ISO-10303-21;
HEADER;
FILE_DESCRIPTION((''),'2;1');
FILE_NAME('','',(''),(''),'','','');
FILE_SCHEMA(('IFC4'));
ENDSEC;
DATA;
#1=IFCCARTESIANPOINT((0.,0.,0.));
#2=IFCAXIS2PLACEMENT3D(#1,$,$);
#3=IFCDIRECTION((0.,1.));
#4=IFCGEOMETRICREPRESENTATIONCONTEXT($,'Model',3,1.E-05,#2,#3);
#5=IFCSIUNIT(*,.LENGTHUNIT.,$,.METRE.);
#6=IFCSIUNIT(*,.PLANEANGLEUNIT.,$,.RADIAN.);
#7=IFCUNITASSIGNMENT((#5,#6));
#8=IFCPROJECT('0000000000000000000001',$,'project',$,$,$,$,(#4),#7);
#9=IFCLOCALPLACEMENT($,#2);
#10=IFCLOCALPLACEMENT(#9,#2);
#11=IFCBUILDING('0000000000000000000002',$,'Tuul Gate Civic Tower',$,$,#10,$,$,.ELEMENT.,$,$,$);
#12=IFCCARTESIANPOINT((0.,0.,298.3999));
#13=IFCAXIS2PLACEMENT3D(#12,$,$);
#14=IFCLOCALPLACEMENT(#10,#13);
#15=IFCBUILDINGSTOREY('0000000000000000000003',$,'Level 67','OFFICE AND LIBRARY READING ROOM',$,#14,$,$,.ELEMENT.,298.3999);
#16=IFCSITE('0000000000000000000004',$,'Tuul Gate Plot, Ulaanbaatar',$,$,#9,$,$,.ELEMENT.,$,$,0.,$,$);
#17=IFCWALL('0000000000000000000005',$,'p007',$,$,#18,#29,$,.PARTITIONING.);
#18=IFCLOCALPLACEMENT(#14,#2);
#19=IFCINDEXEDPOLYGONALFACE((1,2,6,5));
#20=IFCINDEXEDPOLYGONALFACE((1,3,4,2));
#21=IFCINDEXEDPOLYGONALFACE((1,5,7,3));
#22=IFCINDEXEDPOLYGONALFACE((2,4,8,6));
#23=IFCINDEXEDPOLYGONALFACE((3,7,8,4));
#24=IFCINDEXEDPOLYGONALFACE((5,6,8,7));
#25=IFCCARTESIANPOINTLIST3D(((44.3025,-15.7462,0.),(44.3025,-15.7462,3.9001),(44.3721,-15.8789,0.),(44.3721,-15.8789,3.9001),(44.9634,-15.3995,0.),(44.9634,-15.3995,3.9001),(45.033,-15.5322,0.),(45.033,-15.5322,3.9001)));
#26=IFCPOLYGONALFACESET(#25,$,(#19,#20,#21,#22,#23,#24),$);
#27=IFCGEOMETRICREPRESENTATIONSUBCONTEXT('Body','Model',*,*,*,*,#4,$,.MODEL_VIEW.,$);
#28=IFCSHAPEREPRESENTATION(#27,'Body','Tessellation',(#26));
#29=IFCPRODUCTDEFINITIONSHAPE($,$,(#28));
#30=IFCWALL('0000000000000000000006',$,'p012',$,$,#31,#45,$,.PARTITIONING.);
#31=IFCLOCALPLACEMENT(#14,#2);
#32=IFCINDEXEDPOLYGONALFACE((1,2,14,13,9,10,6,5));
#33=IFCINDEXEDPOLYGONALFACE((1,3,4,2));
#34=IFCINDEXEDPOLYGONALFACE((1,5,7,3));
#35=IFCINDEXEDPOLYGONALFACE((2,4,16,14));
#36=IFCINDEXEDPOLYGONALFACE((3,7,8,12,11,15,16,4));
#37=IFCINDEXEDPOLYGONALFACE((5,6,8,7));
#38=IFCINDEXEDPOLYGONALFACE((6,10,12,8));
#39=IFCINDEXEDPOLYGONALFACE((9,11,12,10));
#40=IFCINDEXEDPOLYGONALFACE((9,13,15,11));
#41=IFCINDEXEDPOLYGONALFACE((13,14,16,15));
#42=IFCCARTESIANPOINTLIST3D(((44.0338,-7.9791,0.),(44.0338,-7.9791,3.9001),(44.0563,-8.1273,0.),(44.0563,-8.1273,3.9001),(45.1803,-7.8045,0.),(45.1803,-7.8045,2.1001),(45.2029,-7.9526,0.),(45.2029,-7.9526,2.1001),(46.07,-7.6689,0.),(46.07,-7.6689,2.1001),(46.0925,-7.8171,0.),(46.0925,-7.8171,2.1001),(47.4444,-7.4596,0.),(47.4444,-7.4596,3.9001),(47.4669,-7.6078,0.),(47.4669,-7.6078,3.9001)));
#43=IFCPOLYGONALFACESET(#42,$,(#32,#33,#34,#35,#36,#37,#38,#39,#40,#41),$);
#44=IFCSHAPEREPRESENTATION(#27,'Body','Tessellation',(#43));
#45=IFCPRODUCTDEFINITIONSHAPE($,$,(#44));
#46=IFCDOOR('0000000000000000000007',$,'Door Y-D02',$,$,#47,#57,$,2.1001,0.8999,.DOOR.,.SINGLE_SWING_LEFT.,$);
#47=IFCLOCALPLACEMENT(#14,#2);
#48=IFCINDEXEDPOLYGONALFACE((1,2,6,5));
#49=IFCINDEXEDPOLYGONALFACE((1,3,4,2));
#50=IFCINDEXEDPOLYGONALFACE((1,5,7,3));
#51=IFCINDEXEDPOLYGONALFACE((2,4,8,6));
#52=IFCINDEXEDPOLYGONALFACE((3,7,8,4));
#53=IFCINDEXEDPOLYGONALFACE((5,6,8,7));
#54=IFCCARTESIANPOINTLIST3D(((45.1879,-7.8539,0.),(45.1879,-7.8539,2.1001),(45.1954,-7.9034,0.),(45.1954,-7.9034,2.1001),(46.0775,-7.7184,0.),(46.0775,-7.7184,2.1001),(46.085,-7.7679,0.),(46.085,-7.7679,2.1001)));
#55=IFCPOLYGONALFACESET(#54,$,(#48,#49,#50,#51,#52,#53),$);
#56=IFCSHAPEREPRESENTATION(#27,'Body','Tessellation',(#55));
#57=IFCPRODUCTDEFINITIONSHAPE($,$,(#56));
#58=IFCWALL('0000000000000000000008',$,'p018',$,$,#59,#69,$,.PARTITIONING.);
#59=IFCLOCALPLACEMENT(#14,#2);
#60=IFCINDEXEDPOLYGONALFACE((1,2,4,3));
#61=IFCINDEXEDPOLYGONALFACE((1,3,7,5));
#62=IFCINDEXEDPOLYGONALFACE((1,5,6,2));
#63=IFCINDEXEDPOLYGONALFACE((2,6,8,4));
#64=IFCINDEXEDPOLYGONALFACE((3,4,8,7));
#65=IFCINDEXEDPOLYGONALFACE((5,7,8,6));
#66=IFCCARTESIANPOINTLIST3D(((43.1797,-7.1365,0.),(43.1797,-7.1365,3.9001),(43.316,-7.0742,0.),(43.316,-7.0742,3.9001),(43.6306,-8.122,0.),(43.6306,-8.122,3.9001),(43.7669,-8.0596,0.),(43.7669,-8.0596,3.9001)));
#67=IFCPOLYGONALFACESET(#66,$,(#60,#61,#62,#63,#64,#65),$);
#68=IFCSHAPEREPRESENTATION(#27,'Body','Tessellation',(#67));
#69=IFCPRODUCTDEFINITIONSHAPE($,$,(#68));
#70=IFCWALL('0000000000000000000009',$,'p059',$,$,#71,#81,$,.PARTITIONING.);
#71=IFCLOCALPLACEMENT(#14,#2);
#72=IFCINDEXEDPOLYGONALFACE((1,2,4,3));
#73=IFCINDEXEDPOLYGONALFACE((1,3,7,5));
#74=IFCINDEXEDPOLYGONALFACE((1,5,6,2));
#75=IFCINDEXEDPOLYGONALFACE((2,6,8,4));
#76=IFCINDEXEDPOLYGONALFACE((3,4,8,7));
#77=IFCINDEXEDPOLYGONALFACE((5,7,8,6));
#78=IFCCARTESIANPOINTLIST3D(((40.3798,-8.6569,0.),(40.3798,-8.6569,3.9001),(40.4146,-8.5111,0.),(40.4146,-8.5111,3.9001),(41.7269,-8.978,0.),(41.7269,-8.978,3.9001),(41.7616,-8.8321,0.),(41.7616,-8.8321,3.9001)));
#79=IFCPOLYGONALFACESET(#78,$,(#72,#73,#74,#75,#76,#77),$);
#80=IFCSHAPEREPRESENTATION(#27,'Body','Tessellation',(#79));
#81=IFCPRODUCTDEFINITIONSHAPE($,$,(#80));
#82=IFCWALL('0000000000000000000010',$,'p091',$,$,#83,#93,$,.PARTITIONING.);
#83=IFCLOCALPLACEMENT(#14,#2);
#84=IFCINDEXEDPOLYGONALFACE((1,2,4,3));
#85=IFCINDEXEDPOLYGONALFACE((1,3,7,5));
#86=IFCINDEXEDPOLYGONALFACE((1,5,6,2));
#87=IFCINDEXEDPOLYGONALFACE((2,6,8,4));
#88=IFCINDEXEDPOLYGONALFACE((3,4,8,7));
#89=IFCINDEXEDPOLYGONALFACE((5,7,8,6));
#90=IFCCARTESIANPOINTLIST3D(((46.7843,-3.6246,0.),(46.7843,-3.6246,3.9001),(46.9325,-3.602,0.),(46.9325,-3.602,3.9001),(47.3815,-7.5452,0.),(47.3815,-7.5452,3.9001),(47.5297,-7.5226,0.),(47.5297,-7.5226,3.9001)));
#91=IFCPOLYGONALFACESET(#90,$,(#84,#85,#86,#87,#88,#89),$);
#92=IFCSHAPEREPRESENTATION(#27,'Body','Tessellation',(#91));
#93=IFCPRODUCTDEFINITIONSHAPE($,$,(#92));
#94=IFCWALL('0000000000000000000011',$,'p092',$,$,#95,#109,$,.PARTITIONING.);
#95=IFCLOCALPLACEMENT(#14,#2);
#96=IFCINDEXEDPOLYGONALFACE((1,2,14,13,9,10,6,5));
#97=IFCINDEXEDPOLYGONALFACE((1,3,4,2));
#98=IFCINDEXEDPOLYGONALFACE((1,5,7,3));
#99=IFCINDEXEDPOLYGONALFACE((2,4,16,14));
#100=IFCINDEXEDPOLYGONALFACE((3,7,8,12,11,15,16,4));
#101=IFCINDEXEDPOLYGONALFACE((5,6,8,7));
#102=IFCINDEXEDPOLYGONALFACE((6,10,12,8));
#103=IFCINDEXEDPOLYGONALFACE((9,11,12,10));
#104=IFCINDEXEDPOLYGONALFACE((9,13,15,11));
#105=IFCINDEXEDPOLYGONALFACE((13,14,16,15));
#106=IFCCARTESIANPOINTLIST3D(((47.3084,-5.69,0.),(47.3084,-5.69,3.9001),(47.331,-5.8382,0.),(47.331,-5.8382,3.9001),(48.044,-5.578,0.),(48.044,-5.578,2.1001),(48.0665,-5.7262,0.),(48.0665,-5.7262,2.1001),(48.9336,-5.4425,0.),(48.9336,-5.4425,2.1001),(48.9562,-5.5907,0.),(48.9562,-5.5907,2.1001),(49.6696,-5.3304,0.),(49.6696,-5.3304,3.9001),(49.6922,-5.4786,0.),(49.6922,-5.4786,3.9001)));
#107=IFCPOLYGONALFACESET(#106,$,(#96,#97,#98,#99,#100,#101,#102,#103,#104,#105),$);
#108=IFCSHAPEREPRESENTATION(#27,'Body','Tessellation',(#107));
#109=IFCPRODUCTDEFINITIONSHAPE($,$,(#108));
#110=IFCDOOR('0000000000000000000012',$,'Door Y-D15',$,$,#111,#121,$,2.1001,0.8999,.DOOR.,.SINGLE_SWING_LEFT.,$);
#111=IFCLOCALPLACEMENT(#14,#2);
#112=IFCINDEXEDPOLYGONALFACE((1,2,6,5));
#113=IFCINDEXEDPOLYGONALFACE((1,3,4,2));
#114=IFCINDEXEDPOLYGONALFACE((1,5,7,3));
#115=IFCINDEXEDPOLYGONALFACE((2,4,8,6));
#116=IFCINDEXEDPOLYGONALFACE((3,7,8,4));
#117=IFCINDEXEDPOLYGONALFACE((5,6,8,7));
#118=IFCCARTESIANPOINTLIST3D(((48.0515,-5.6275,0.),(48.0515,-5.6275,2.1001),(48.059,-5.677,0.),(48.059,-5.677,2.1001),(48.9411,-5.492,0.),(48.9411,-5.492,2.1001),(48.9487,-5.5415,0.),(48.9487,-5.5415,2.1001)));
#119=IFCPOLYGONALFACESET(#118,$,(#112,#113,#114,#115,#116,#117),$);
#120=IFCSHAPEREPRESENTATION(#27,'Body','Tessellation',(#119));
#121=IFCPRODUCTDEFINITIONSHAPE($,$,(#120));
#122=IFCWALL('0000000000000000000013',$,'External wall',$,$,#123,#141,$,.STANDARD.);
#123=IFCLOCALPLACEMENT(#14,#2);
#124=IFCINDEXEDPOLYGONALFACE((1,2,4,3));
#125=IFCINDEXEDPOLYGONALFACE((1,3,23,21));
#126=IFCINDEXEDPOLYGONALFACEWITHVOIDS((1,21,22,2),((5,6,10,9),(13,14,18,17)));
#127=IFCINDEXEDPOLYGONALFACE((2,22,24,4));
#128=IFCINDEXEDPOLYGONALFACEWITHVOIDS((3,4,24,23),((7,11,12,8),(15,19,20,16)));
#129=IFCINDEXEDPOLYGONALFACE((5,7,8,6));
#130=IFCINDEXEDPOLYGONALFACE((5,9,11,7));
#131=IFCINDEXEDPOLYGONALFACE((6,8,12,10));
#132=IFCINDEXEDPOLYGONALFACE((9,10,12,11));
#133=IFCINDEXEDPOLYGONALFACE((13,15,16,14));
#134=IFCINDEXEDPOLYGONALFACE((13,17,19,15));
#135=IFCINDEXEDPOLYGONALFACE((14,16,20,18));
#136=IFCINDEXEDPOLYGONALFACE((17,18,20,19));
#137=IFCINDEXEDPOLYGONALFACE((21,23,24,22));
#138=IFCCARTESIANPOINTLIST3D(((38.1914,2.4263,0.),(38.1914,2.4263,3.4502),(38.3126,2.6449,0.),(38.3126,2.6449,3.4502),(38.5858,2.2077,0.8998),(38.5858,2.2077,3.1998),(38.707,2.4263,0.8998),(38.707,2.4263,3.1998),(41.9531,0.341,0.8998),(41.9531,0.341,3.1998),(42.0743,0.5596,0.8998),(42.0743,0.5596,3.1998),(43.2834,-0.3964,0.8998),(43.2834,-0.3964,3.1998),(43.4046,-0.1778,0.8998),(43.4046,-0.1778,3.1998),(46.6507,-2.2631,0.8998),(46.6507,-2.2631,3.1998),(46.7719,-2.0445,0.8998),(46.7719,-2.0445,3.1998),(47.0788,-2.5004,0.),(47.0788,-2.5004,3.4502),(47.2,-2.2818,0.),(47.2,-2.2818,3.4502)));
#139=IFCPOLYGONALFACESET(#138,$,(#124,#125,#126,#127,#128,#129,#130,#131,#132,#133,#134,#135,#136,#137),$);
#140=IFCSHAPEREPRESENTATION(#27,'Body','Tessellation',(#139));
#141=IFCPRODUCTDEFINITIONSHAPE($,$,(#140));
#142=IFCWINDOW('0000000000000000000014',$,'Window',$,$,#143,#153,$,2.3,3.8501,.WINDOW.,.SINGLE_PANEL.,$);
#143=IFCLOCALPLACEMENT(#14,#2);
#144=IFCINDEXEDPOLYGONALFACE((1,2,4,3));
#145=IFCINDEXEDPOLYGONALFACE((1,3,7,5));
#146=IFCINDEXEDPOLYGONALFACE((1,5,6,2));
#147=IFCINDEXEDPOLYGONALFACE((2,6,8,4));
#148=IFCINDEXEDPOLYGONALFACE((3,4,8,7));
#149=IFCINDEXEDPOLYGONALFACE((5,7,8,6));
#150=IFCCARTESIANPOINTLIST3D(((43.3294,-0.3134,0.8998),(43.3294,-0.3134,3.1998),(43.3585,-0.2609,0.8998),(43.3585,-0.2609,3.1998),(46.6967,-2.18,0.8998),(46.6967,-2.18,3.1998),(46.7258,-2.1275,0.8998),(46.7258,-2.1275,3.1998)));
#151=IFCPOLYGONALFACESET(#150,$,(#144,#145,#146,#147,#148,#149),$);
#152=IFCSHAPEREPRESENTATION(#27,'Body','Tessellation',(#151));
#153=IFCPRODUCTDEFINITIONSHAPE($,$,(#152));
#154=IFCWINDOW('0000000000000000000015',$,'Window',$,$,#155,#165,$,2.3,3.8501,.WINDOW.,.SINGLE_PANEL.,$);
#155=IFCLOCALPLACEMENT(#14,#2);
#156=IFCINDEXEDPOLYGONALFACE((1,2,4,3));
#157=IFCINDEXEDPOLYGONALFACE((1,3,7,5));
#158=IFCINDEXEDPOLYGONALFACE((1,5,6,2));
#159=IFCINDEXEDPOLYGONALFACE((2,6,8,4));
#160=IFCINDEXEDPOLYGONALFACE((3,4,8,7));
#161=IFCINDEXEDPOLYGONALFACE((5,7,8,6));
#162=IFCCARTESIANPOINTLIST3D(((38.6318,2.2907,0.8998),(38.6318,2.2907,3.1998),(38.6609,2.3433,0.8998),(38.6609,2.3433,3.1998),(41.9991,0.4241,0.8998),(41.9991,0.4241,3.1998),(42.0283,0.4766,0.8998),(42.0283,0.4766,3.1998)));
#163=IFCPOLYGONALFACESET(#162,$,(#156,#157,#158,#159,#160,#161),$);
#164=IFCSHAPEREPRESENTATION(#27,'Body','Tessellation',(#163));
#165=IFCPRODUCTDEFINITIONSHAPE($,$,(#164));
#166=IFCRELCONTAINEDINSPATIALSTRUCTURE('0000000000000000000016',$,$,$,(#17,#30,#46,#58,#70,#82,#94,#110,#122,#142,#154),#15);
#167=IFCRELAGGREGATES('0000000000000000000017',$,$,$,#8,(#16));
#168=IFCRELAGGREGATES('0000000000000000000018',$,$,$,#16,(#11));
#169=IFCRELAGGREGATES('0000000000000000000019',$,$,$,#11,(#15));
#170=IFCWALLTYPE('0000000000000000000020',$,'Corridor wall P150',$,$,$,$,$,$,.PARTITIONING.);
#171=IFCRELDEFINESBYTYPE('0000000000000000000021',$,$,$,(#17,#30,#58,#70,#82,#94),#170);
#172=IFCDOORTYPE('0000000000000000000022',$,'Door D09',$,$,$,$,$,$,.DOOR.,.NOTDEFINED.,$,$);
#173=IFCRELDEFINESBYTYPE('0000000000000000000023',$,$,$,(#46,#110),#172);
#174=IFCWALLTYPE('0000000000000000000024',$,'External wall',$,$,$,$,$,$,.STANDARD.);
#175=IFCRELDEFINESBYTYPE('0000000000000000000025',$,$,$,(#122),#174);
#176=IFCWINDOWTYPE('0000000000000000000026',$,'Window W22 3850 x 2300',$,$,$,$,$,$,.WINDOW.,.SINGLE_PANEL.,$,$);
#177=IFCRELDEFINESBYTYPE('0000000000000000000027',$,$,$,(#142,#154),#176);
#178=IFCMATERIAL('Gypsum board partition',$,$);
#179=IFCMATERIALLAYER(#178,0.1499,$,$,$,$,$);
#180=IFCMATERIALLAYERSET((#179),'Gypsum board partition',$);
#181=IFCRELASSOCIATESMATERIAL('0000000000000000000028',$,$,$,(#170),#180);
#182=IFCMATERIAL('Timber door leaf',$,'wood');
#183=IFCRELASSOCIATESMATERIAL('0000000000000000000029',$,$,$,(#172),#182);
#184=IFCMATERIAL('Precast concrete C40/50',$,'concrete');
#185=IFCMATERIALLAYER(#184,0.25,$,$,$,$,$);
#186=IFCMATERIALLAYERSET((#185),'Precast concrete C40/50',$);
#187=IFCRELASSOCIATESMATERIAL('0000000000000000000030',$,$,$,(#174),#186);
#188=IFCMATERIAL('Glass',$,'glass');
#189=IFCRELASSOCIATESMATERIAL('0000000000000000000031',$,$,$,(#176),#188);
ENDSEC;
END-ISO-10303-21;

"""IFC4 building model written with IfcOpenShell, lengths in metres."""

from ifc_helpers import new_model, si_unit, direction, frame, frame_2d, origin, place, context, subcontext, project, spatial, rectangle, extrude, material, layer, layer_set, type_object, element, fill, save


model = new_model("IFC4")

# Units and contexts
model_context = context("Model", 3, precision=1e-05, world=origin(), true_north=direction((0.0, 1.0)))
body_context = subcontext(model_context, "Body", "Model", "MODEL_VIEW")
ifc_project = project(units=[si_unit("LENGTHUNIT", "METRE"), si_unit("PLANEANGLEUNIT", "RADIAN")], contexts=[model_context])

# Site, building, storey
site_placement = place(None, origin())
site = spatial("IfcSite", under=ifc_project, at=site_placement, Name="Tuul Gate Plot, Ulaanbaatar", CompositionType="ELEMENT", RefElevation=0.0)
building_placement = place(site_placement, origin())
building = spatial("IfcBuilding", under=site, at=building_placement, Name="Tuul Gate Civic Tower", CompositionType="ELEMENT")
storey_placement = place(building_placement, frame((0.0, 0.0, 298.3999)))
storey = spatial("IfcBuildingStorey", under=building, at=storey_placement, Name="Level 67", Description="OFFICE AND LIBRARY READING ROOM", CompositionType="ELEMENT", Elevation=298.3999)

# Wall
ifc_material_1 = material(Name="Gypsum board partition")
ifc_layer_1 = layer(ifc_material_1, 0.1499)
ifc_layer_set_1 = layer_set([ifc_layer_1], Name="Gypsum board partition")
wall_type_1 = type_object("IfcWallType", Name="Corridor wall P150", PredefinedType="PARTITIONING", material=ifc_layer_set_1)
wall_1_placement = place(storey_placement, frame((44.3374, -15.8125, 0.0), z_axis=(0.0, 0.0, 1.0), x_axis=(0.885556, 0.464533, 0.0)))
element("IfcWall", 1, at=wall_1_placement, inside=storey, type_object=wall_type_1, Name="p007", PredefinedType="PARTITIONING", context=body_context, shape_type="SweptSolid", body=[
    extrude(rectangle(XDim=0.7463, YDim=0.1499, at=frame_2d((0.373, 0.0))), origin(), (0.0, 0.0, 1.0), 3.9001),
])

# Wall, opening, door
wall_2_placement = place(storey_placement, frame((44.0449, -8.0532, 0.0), z_axis=(0.0, 0.0, 1.0), x_axis=(0.988596, 0.150589, 0.0)))
wall_2 = element("IfcWall", 2, at=wall_2_placement, inside=storey, type_object=wall_type_1, Name="p012", PredefinedType="PARTITIONING", context=body_context, shape_type="SweptSolid", body=[
    extrude(rectangle(XDim=3.45, YDim=0.1499, at=frame_2d((1.7251, 0.0))), origin(), (0.0, 0.0, 1.0), 3.9001),
])
opening_1_placement = place(wall_2_placement, frame((1.1599, 0.0, 0.0)))
opening_1 = element("IfcOpeningElement", 3, at=opening_1_placement, cuts=wall_2, PredefinedType="OPENING", context=body_context, shape_type="SweptSolid", body=[
    extrude(rectangle(XDim=0.8999, YDim=2.1001, at=frame_2d((0.45, 1.05))), frame((0.0, 0.085, 0.0), z_axis=(0.0, -1.0, 0.0), x_axis=(1.0, 0.0, 0.0)), (0.0, 0.0, 1.0), 0.1699),
])
ifc_material_2 = material(Name="Timber door leaf", Category="wood")
door_type_1 = type_object("IfcDoorType", Name="Door D09", OperationType="NOTDEFINED", PredefinedType="DOOR", material=ifc_material_2)
door_1_placement = place(opening_1_placement, origin())
door_1 = element("IfcDoor", 4, at=door_1_placement, inside=storey, type_object=door_type_1, Name="Door Y-D02", OperationType="SINGLE_SWING_LEFT", OverallHeight=2.1001, OverallWidth=0.8999, PredefinedType="DOOR", context=body_context, shape_type="SweptSolid", body=[
    extrude(rectangle(XDim=0.8999, YDim=2.1001, at=frame_2d((0.45, 1.05))), frame((0.0, 0.0249, 0.0), z_axis=(0.0, -1.0, 0.0), x_axis=(1.0, 0.0, 0.0)), (0.0, 0.0, 1.0), 0.05),
])
fill(opening_1, door_1)

# Walls
wall_3_placement = place(storey_placement, frame((43.2478, -7.1052, 0.0), z_axis=(0.0, 0.0, 1.0), x_axis=(0.416042, -0.909345, 0.0)))
element("IfcWall", 5, at=wall_3_placement, inside=storey, type_object=wall_type_1, Name="p018", PredefinedType="PARTITIONING", context=body_context, shape_type="SweptSolid", body=[
    extrude(rectangle(XDim=1.0837, YDim=0.1499, at=frame_2d((0.542, 0.0))), origin(), (0.0, 0.0, 1.0), 3.9001),
])
wall_4_placement = place(storey_placement, frame((40.3972, -8.584, 0.0), z_axis=(0.0, 0.0, 1.0), x_axis=(0.972749, -0.231859, 0.0)))
element("IfcWall", 6, at=wall_4_placement, inside=storey, type_object=wall_type_1, Name="p059", PredefinedType="PARTITIONING", context=body_context, shape_type="SweptSolid", body=[
    extrude(rectangle(XDim=1.3848, YDim=0.1499, at=frame_2d((0.6924, 0.0))), origin(), (0.0, 0.0, 1.0), 3.9001),
])
wall_5_placement = place(storey_placement, frame((46.8584, -3.6133, 0.0), z_axis=(0.0, 0.0, 1.0), x_axis=(0.150577, -0.988598, 0.0)))
element("IfcWall", 7, at=wall_5_placement, inside=storey, type_object=wall_type_1, Name="p091", PredefinedType="PARTITIONING", context=body_context, shape_type="SweptSolid", body=[
    extrude(rectangle(XDim=3.9658, YDim=0.1499, at=frame_2d((1.9829, 0.0))), origin(), (0.0, 0.0, 1.0), 3.9001),
])

# Wall, opening, door
wall_6_placement = place(storey_placement, frame((47.3196, -5.7642, 0.0), z_axis=(0.0, 0.0, 1.0), x_axis=(0.988599, 0.150574, 0.0)))
wall_6 = element("IfcWall", 8, at=wall_6_placement, inside=storey, type_object=wall_type_1, Name="p092", PredefinedType="PARTITIONING", context=body_context, shape_type="SweptSolid", body=[
    extrude(rectangle(XDim=2.3884, YDim=0.1499, at=frame_2d((1.1943, 0.0))), origin(), (0.0, 0.0, 1.0), 3.9001),
])
opening_2_placement = place(wall_6_placement, frame((0.7441, 0.0, 0.0)))
opening_2 = element("IfcOpeningElement", 9, at=opening_2_placement, cuts=wall_6, PredefinedType="OPENING", context=body_context, shape_type="SweptSolid", body=[
    extrude(rectangle(XDim=0.8999, YDim=2.1001, at=frame_2d((0.45, 1.05))), frame((0.0, 0.085, 0.0), z_axis=(0.0, -1.0, 0.0), x_axis=(1.0, 0.0, 0.0)), (0.0, 0.0, 1.0), 0.1699),
])
door_2_placement = place(opening_2_placement, origin())
door_2 = element("IfcDoor", 10, at=door_2_placement, inside=storey, type_object=door_type_1, Name="Door Y-D15", OperationType="SINGLE_SWING_LEFT", OverallHeight=2.1001, OverallWidth=0.8999, PredefinedType="DOOR", context=body_context, shape_type="SweptSolid", body=[
    extrude(rectangle(XDim=0.8999, YDim=2.1001, at=frame_2d((0.45, 1.05))), frame((0.0, 0.0249, 0.0), z_axis=(0.0, -1.0, 0.0), x_axis=(1.0, 0.0, 0.0)), (0.0, 0.0, 1.0), 0.05),
])
fill(opening_2, door_2)

# Wall, openings, windows
ifc_material_3 = material(Name="Precast concrete C40/50", Category="concrete")
ifc_layer_2 = layer(ifc_material_3, 0.25)
ifc_layer_set_2 = layer_set([ifc_layer_2], Name="Precast concrete C40/50")
wall_type_2 = type_object("IfcWallType", Name="External wall", PredefinedType="STANDARD", material=ifc_layer_set_2)
wall_7_placement = place(storey_placement, frame((47.1394, -2.3911, 0.0), z_axis=(0.0, 0.0, 1.0), x_axis=(-0.874605, 0.484837, 0.0)))
wall_7 = element("IfcWall", 11, at=wall_7_placement, inside=storey, type_object=wall_type_2, Name="External wall", PredefinedType="STANDARD", context=body_context, shape_type="SweptSolid", body=[
    extrude(rectangle(XDim=10.1616, YDim=0.25, at=frame_2d((5.0808, 0.0))), origin(), (0.0, 0.0, 1.0), 3.4502),
])
opening_3_placement = place(wall_7_placement, frame((0.4895, 0.0, 0.8999)))
opening_3 = element("IfcOpeningElement", 12, at=opening_3_placement, cuts=wall_7, PredefinedType="OPENING", context=body_context, shape_type="SweptSolid", body=[
    extrude(rectangle(XDim=3.8501, YDim=2.3, at=frame_2d((1.925, 1.1499))), frame((0.0, 0.135, 0.0), z_axis=(0.0, -1.0, 0.0), x_axis=(1.0, 0.0, 0.0)), (0.0, 0.0, 1.0), 0.27),
])
opening_4_placement = place(wall_7_placement, frame((5.8606, 0.0, 0.8999)))
opening_4 = element("IfcOpeningElement", 13, at=opening_4_placement, cuts=wall_7, PredefinedType="OPENING", context=body_context, shape_type="SweptSolid", body=[
    extrude(rectangle(XDim=3.8501, YDim=2.3, at=frame_2d((1.925, 1.1499))), frame((0.0, 0.135, 0.0), z_axis=(0.0, -1.0, 0.0), x_axis=(1.0, 0.0, 0.0)), (0.0, 0.0, 1.0), 0.27),
])
ifc_material_4 = material(Name="Glass", Category="glass")
window_type = type_object("IfcWindowType", Name="Window W22 3850 x 2300", PartitioningType="SINGLE_PANEL", PredefinedType="WINDOW", material=ifc_material_4)
window_1_placement = place(opening_3_placement, origin())
window_1 = element("IfcWindow", 14, at=window_1_placement, inside=storey, type_object=window_type, Name="Window", OverallHeight=2.3, OverallWidth=3.8501, PartitioningType="SINGLE_PANEL", PredefinedType="WINDOW", context=body_context, shape_type="SweptSolid", body=[
    extrude(rectangle(XDim=3.8501, YDim=2.3, at=frame_2d((1.925, 1.1499))), frame((0.0, 0.03, 0.0), z_axis=(0.0, -1.0, 0.0), x_axis=(1.0, 0.0, 0.0)), (0.0, 0.0, 1.0), 0.0601),
])
fill(opening_3, window_1)
window_2_placement = place(opening_4_placement, origin())
window_2 = element("IfcWindow", 15, at=window_2_placement, inside=storey, type_object=window_type, Name="Window", OverallHeight=2.3, OverallWidth=3.8501, PartitioningType="SINGLE_PANEL", PredefinedType="WINDOW", context=body_context, shape_type="SweptSolid", body=[
    extrude(rectangle(XDim=3.8501, YDim=2.3, at=frame_2d((1.925, 1.1499))), frame((0.0, 0.03, 0.0), z_axis=(0.0, -1.0, 0.0), x_axis=(1.0, 0.0, 0.0)), (0.0, 0.0, 1.0), 0.0601),
])
fill(opening_4, window_2)

save(model, "model.ifc")
